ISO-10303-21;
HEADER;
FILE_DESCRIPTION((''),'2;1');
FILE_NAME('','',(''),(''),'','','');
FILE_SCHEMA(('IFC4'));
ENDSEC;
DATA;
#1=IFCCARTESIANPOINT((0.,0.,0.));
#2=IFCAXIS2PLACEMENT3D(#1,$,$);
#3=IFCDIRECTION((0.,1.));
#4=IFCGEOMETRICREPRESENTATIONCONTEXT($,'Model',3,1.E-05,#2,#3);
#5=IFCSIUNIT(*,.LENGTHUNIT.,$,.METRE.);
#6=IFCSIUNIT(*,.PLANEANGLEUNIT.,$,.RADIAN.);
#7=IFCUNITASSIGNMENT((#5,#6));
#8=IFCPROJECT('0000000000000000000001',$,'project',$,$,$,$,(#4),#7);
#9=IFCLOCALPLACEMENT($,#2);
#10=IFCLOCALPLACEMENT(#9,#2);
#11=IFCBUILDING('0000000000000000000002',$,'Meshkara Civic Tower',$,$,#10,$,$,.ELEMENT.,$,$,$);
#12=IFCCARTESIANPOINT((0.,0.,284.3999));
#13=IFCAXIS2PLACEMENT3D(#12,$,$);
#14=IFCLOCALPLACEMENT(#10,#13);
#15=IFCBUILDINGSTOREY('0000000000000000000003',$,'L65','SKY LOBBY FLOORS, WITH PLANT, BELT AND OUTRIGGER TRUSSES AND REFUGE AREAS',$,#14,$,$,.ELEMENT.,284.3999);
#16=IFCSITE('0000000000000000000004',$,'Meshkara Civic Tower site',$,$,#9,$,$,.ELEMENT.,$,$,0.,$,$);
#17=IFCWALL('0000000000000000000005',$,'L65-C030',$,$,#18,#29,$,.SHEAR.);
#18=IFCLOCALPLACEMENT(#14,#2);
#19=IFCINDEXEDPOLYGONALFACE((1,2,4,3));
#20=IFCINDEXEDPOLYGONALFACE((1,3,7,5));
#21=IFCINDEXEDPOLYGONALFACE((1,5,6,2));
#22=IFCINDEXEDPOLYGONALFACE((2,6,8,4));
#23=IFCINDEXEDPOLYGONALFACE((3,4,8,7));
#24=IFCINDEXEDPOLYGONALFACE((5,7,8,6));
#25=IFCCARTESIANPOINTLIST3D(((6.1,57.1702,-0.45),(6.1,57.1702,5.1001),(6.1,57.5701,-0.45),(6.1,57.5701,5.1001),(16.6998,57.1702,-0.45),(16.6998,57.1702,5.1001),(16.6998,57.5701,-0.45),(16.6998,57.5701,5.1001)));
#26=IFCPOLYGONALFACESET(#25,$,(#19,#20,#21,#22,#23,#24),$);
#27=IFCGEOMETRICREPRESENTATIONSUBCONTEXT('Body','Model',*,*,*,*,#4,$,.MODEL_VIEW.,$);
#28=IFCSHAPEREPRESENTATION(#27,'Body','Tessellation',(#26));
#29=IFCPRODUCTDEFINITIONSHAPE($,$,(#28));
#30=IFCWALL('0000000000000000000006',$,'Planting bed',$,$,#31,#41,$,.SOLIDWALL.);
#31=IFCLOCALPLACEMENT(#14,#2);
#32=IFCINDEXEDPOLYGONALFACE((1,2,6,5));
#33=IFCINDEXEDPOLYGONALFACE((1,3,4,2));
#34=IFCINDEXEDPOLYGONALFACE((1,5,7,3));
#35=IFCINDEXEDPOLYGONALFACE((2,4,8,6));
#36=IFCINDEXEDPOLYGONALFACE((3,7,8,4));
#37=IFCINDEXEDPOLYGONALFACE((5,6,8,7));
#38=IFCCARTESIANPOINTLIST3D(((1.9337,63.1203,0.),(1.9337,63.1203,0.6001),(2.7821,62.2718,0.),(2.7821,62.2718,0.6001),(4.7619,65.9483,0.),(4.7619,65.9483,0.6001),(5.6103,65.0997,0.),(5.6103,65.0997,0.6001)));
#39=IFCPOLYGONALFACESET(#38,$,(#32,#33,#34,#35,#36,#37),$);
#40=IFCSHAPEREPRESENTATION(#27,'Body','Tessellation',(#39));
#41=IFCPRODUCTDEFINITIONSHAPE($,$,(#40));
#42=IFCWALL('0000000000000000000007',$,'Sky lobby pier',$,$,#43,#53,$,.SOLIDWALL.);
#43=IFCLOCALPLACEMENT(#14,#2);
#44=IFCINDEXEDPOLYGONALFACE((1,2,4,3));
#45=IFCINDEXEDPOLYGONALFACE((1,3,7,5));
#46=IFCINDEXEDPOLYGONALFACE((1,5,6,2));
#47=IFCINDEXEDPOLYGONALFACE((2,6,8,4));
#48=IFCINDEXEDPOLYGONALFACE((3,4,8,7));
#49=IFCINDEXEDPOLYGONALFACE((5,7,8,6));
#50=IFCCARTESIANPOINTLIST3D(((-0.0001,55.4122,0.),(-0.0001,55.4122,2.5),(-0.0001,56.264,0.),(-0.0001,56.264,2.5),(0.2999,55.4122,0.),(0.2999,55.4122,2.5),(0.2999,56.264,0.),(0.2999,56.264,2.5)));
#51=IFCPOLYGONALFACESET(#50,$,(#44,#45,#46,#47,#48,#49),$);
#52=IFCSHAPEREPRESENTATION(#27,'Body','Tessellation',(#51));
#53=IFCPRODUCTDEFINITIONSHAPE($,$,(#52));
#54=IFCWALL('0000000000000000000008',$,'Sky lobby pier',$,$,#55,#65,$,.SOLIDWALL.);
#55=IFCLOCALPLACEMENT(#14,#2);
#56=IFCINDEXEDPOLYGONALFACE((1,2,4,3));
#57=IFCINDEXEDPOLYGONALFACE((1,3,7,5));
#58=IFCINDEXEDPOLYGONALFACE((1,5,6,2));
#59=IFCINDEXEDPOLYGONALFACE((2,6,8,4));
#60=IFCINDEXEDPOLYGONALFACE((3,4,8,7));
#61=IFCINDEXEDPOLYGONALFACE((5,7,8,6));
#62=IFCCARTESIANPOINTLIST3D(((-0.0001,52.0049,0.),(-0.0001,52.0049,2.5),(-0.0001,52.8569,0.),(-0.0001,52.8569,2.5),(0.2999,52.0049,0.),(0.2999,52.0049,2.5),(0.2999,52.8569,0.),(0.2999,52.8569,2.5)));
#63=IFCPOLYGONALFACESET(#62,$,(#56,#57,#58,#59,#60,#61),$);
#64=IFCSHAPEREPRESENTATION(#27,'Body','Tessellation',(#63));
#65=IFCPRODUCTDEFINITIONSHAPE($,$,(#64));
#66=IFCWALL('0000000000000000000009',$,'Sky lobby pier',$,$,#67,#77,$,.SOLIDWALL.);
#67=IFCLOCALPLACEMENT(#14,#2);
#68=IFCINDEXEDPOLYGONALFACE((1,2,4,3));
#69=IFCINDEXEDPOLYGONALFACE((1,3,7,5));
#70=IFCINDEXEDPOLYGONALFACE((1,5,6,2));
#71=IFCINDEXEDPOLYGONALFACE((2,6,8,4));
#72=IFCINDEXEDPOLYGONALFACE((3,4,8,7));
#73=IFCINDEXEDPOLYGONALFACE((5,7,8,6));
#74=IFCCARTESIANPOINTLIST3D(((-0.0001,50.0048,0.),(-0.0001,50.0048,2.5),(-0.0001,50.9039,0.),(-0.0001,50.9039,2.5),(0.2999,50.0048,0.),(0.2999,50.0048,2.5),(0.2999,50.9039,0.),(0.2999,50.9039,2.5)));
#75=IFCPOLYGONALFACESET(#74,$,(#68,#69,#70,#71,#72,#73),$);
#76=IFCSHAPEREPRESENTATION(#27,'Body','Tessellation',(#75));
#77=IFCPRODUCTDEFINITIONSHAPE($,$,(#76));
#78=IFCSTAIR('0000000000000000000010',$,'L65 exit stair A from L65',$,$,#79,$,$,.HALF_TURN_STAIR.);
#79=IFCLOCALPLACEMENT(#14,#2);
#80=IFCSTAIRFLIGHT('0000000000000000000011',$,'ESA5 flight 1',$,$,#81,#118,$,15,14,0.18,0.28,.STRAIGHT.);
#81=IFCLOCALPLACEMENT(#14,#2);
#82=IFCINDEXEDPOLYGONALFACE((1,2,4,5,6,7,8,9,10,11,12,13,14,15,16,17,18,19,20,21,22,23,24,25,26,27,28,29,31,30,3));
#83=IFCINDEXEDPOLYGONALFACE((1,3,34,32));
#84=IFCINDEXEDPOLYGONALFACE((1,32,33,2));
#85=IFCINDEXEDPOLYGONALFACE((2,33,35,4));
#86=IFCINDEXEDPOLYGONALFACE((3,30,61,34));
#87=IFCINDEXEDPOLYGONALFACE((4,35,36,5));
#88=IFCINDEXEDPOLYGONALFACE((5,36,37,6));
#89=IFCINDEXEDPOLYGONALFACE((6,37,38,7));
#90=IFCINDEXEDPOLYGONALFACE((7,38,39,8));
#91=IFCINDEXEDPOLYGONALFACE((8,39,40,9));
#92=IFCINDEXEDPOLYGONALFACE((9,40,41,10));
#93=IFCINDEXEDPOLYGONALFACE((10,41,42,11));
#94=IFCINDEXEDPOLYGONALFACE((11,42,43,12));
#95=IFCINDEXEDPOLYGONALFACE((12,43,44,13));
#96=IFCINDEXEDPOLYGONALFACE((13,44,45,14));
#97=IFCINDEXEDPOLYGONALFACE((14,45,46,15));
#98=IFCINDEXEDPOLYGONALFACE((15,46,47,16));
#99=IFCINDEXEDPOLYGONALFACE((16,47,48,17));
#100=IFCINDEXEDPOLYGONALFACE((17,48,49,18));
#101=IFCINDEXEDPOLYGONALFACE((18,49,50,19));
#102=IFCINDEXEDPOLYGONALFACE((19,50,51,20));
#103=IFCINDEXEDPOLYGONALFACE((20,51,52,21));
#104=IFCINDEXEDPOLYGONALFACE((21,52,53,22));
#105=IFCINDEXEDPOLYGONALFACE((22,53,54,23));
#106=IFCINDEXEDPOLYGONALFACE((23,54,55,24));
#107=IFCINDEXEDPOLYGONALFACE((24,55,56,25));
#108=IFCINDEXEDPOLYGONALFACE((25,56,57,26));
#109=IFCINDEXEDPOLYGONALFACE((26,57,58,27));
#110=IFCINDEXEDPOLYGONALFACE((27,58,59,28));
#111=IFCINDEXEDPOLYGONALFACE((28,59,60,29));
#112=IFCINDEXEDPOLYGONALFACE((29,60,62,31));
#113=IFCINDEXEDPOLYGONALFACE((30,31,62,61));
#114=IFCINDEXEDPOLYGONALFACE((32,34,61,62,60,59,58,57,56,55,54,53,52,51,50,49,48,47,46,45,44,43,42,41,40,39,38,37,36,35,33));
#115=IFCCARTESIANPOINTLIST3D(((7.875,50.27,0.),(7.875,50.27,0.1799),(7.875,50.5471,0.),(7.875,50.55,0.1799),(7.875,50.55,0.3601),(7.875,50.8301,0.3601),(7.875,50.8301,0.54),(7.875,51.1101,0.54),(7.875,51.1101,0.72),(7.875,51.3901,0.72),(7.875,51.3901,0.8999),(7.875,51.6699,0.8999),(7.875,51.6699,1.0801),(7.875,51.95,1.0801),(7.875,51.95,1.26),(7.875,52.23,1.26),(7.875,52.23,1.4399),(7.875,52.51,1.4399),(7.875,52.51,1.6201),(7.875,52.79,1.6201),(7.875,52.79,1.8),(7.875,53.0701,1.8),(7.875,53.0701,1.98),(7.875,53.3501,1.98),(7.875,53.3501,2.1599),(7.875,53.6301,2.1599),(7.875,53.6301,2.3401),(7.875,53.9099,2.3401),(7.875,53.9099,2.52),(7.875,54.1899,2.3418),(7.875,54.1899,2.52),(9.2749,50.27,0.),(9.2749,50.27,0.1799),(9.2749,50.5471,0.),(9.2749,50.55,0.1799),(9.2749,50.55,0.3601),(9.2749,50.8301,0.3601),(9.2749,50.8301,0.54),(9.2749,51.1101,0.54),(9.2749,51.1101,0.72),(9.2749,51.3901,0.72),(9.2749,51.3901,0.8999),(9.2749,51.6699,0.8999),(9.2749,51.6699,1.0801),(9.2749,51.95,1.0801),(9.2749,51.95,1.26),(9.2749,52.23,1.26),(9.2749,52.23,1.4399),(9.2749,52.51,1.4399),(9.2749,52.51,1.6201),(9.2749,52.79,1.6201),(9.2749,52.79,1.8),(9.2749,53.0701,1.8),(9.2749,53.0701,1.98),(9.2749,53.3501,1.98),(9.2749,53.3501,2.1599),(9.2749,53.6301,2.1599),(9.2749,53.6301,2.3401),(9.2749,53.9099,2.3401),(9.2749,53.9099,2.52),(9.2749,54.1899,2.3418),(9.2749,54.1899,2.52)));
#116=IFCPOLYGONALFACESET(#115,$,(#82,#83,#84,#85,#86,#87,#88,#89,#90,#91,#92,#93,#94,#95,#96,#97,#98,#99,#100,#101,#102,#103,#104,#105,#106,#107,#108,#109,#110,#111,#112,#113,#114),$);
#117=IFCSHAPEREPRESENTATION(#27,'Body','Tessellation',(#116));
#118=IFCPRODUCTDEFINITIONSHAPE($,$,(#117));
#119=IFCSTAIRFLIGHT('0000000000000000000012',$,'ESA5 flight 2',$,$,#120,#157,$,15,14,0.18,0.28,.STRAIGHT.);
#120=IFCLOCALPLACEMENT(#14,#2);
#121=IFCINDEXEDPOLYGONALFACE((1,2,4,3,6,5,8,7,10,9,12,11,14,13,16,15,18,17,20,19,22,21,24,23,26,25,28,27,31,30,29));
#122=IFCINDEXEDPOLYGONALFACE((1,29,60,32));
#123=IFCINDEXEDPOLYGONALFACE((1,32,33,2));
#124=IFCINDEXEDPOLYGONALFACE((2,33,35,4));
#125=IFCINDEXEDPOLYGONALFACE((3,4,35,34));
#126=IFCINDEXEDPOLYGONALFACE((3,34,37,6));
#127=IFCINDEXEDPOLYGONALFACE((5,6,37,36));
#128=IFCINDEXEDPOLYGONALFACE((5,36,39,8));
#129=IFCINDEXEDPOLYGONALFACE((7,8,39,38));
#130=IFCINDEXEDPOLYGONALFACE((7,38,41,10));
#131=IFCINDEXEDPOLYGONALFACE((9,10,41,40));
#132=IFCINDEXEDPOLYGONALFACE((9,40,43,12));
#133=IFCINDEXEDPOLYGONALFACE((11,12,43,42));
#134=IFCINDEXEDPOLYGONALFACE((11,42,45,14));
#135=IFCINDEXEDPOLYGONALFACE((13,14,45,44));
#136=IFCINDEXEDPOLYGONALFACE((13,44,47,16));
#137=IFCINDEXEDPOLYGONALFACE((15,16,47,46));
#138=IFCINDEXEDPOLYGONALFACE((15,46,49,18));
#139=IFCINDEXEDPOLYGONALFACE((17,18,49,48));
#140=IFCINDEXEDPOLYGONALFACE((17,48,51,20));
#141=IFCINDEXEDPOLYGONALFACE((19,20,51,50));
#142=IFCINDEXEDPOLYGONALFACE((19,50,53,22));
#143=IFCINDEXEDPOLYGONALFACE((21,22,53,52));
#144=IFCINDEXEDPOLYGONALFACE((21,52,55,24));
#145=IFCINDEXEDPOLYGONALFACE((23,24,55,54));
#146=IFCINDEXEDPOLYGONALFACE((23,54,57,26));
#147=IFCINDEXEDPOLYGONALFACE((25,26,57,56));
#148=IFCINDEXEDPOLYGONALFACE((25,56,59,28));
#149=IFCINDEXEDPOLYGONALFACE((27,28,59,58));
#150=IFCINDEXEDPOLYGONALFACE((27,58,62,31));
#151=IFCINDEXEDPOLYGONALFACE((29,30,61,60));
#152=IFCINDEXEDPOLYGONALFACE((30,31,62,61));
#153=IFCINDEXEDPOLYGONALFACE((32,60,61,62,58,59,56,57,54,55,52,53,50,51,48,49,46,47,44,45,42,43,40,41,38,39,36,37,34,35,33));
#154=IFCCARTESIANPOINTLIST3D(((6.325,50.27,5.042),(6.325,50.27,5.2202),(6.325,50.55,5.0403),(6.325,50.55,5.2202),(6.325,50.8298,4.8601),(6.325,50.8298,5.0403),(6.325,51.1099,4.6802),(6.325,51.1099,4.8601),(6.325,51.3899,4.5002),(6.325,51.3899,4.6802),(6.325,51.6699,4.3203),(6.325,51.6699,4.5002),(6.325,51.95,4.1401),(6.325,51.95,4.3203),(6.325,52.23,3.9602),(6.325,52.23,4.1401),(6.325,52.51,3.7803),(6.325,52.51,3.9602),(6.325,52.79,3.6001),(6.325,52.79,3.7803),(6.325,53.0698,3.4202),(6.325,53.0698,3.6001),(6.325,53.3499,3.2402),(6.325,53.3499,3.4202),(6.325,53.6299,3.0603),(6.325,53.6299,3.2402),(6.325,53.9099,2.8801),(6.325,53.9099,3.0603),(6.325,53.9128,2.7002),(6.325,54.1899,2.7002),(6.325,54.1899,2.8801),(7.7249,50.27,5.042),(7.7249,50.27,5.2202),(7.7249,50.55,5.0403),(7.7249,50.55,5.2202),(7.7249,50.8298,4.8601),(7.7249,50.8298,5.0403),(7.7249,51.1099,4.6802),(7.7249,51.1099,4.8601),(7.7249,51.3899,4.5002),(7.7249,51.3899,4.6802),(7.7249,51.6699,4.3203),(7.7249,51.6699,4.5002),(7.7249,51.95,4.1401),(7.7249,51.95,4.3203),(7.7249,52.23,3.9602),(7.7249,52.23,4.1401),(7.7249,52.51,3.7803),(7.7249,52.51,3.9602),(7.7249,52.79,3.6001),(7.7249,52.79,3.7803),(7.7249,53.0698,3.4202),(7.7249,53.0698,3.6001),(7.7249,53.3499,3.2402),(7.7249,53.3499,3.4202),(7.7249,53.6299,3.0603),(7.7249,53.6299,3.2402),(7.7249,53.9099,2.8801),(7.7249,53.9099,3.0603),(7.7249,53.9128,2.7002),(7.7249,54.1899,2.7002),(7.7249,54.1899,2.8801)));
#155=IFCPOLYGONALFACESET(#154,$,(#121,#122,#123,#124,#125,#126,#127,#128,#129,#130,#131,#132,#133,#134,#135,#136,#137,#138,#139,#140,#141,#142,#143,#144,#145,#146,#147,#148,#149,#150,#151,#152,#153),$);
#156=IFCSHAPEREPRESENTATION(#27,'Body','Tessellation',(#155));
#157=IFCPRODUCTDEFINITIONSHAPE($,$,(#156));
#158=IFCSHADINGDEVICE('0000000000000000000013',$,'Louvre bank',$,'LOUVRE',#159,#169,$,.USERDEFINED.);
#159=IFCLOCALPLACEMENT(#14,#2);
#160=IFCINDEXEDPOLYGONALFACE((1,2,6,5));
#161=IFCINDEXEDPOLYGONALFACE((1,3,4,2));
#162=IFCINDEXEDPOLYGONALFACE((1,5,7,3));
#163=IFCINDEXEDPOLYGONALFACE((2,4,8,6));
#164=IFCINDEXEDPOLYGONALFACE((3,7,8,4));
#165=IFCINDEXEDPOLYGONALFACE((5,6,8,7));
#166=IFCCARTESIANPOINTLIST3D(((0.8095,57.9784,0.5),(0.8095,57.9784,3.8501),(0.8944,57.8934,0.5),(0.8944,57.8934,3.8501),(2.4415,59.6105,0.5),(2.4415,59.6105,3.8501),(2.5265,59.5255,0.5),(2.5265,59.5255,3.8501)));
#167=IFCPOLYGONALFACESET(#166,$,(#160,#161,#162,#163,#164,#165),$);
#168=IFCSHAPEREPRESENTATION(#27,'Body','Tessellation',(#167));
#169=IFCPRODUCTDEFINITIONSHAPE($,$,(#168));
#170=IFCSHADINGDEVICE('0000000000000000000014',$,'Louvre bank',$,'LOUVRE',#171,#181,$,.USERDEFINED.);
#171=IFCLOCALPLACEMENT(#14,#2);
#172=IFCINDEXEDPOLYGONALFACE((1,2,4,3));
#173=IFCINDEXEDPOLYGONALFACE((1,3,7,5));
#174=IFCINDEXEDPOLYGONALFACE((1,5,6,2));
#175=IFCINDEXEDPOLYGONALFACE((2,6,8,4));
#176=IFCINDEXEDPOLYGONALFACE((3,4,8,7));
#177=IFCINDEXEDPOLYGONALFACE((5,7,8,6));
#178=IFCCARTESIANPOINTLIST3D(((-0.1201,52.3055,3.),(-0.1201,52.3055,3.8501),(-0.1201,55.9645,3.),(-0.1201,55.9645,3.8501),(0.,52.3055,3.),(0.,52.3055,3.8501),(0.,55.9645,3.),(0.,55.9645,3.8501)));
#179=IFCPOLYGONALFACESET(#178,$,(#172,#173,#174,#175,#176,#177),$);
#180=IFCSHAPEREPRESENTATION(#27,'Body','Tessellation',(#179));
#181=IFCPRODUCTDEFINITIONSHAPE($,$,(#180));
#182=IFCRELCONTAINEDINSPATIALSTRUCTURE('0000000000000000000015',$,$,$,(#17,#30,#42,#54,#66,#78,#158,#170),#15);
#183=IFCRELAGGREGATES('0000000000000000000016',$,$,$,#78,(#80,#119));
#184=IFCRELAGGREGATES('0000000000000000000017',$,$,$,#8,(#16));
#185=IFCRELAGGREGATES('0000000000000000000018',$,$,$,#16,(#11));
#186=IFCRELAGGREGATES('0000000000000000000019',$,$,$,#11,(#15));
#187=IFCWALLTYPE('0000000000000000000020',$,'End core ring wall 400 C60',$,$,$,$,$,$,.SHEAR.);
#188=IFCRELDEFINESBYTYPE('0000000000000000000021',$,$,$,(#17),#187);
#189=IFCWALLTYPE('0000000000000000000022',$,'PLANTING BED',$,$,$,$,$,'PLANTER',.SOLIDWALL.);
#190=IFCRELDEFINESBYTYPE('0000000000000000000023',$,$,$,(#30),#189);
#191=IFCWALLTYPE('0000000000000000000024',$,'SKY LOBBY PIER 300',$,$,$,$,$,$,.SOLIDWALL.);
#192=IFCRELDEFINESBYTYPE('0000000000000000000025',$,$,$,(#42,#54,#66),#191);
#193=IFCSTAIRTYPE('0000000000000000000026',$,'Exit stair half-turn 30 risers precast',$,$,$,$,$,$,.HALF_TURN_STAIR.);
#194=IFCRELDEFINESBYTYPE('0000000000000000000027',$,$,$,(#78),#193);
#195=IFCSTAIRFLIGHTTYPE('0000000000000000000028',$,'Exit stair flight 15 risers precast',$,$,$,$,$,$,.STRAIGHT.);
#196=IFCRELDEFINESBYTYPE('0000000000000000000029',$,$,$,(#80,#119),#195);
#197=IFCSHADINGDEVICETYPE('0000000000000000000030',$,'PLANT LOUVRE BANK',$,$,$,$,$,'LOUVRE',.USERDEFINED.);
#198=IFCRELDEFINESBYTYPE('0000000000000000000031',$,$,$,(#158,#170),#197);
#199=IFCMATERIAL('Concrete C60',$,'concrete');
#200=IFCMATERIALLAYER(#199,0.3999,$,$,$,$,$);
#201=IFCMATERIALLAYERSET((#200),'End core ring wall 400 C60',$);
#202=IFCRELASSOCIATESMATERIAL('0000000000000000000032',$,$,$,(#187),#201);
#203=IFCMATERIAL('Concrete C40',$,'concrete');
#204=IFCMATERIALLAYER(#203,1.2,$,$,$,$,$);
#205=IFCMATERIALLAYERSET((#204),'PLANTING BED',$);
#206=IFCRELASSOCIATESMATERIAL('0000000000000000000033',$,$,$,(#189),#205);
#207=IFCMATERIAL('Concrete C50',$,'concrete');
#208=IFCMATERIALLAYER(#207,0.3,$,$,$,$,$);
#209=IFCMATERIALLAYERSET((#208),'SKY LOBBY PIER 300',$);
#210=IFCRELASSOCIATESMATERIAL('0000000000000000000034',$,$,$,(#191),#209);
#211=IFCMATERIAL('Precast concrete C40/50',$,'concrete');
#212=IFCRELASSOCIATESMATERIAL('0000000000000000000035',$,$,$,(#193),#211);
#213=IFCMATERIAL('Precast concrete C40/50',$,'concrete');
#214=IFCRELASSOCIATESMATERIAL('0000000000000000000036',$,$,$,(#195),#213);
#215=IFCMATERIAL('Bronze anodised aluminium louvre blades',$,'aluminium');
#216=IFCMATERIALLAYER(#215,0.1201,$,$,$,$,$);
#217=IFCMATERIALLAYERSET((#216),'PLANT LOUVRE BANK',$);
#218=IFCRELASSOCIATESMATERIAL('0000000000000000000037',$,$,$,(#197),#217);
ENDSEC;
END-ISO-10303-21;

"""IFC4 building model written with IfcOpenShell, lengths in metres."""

from ifc_helpers import new_model, si_unit, direction, frame, frame_2d, origin, origin_2d, place, context, subcontext, project, spatial, polyline, rectangle, outline, extrude, material, layer, layer_set, type_object, element, aggregate, save


model = new_model("IFC4")

# Units and contexts
model_context = context("Model", 3, precision=1e-05, world=origin(), true_north=direction((0.0, 1.0)))
body_context = subcontext(model_context, "Body", "Model", "MODEL_VIEW")
ifc_project = project(units=[si_unit("LENGTHUNIT", "METRE"), si_unit("PLANEANGLEUNIT", "RADIAN")], contexts=[model_context])

# Site, building, storey
site_placement = place(None, origin())
site = spatial("IfcSite", under=ifc_project, at=site_placement, Name="Meshkara Civic Tower site", CompositionType="ELEMENT", RefElevation=0.0)
building_placement = place(site_placement, origin())
building = spatial("IfcBuilding", under=site, at=building_placement, Name="Meshkara Civic Tower", CompositionType="ELEMENT")
storey_placement = place(building_placement, frame((0.0, 0.0, 284.3999)))
storey = spatial("IfcBuildingStorey", under=building, at=storey_placement, Name="L65", Description="SKY LOBBY FLOORS, WITH PLANT, BELT AND OUTRIGGER TRUSSES AND REFUGE AREAS", CompositionType="ELEMENT", Elevation=284.3999)

# Walls
ifc_material_1 = material(Name="Concrete C60", Category="concrete")
ifc_layer_1 = layer(ifc_material_1, 0.3999)
ifc_layer_set_1 = layer_set([ifc_layer_1], Name="End core ring wall 400 C60")
wall_type_1 = type_object("IfcWallType", Name="End core ring wall 400 C60", PredefinedType="SHEAR", material=ifc_layer_set_1)
wall_1_placement = place(storey_placement, frame((6.1001, 57.3701, -0.45), z_axis=(0.0, 0.0, 1.0), x_axis=(1.0, 0.0, 0.0)))
element("IfcWall", 1, at=wall_1_placement, inside=storey, type_object=wall_type_1, Name="L65-C030", PredefinedType="SHEAR", context=body_context, shape_type="SweptSolid", body=[
    extrude(rectangle(XDim=10.5999, YDim=0.3999, at=frame_2d((5.2998, 0.0))), origin(), (0.0, 0.0, 1.0), 5.55),
])
ifc_material_2 = material(Name="Concrete C40", Category="concrete")
ifc_layer_2 = layer(ifc_material_2, 1.2)
ifc_layer_set_2 = layer_set([ifc_layer_2], Name="PLANTING BED")
wall_type_2 = type_object("IfcWallType", Name="PLANTING BED", ElementType="PLANTER", PredefinedType="SOLIDWALL", material=ifc_layer_set_2)
wall_2_placement = place(storey_placement, frame((2.3579, 62.696, 0.0), z_axis=(0.0, 0.0, 1.0), x_axis=(0.707137, 0.707076, 0.0)))
element("IfcWall", 2, at=wall_2_placement, inside=storey, type_object=wall_type_2, Name="Planting bed", PredefinedType="SOLIDWALL", context=body_context, shape_type="SweptSolid", body=[
    extrude(rectangle(XDim=3.9995, YDim=1.2, at=frame_2d((1.9998, 0.0))), origin(), (0.0, 0.0, 1.0), 0.6001),
])
ifc_material_3 = material(Name="Concrete C50", Category="concrete")
ifc_layer_3 = layer(ifc_material_3, 0.3)
ifc_layer_set_3 = layer_set([ifc_layer_3], Name="SKY LOBBY PIER 300")
wall_type_3 = type_object("IfcWallType", Name="SKY LOBBY PIER 300", PredefinedType="SOLIDWALL", material=ifc_layer_set_3)
wall_3_placement = place(storey_placement, frame((0.1499, 56.2639, 0.0), z_axis=(0.0, 0.0, 1.0), x_axis=(0.0, -1.0, 0.0)))
element("IfcWall", 3, at=wall_3_placement, inside=storey, type_object=wall_type_3, Name="Sky lobby pier", PredefinedType="SOLIDWALL", context=body_context, shape_type="SweptSolid", body=[
    extrude(rectangle(XDim=0.8518, YDim=0.3, at=frame_2d((0.4258, 0.0))), origin(), (0.0, 0.0, 1.0), 2.5),
])
wall_4_placement = place(storey_placement, frame((0.1499, 52.8569, 0.0), z_axis=(0.0, 0.0, 1.0), x_axis=(0.0, -1.0, 0.0)))
element("IfcWall", 4, at=wall_4_placement, inside=storey, type_object=wall_type_3, Name="Sky lobby pier", PredefinedType="SOLIDWALL", context=body_context, shape_type="SweptSolid", body=[
    extrude(rectangle(XDim=0.8521, YDim=0.3, at=frame_2d((0.426, 0.0))), origin(), (0.0, 0.0, 1.0), 2.5),
])
wall_5_placement = place(storey_placement, frame((0.1499, 50.9041, 0.0), z_axis=(0.0, 0.0, 1.0), x_axis=(0.0, -1.0, 0.0)))
element("IfcWall", 5, at=wall_5_placement, inside=storey, type_object=wall_type_3, Name="Sky lobby pier", PredefinedType="SOLIDWALL", context=body_context, shape_type="SweptSolid", body=[
    extrude(rectangle(XDim=0.8992, YDim=0.3, at=frame_2d((0.4497, 0.0))), origin(), (0.0, 0.0, 1.0), 2.5),
])

# Stair, stair flights
ifc_material_4 = material(Name="Precast concrete C40/50", Category="concrete")
stair_type = type_object("IfcStairType", Name="Exit stair half-turn 30 risers precast", PredefinedType="HALF_TURN_STAIR", material=ifc_material_4)
stair_placement = place(storey_placement, origin())
stair = element("IfcStair", 6, at=stair_placement, inside=storey, type_object=stair_type, Name="L65 exit stair A from L65", PredefinedType="HALF_TURN_STAIR")
ifc_material_5 = material(Name="Precast concrete C40/50", Category="concrete")
stair_flight_type = type_object("IfcStairFlightType", Name="Exit stair flight 15 risers precast", PredefinedType="STRAIGHT", material=ifc_material_5)
stair_flight_1_placement = place(storey_placement, frame((8.575, 50.27, 0.0), z_axis=(0.0, 0.0, 1.0), x_axis=(0.0, 1.0, 0.0)))
stair_flight_1 = element("IfcStairFlight", 7, at=stair_flight_1_placement, type_object=stair_flight_type, Name="ESA5 flight 1", NumberOfRisers=15, NumberOfTreads=14, PredefinedType="STRAIGHT", RiserHeight=0.18, TreadLength=0.28, context=body_context, shape_type="SweptSolid", body=[
    extrude(outline(polyline([(0.0, 0.0), (0.0, 0.1799), (0.28, 0.1799), (0.28, 0.3601), (0.5601, 0.3601), (0.5601, 0.54), (0.8401, 0.54), (0.8401, 0.72), (1.1201, 0.72), (1.1201, 0.8999), (1.3999, 0.8999), (1.3999, 1.0801), (1.6799, 1.0801), (1.6799, 1.26), (1.96, 1.26), (1.96, 1.4399), (2.24, 1.4399), (2.24, 1.6201), (2.52, 1.6201), (2.52, 1.8), (2.8, 1.8), (2.8, 1.98), (3.0801, 1.98), (3.0801, 2.1599), (3.3601, 2.1599), (3.3601, 2.3401), (3.6399, 2.3401), (3.6399, 2.52), (3.9199, 2.52), (3.9199, 2.7), (3.9199, 2.3418), (0.2771, 0.0), (0.0, 0.0)])), frame((0.0, 0.7, 0.0), z_axis=(0.0, -1.0, 0.0), x_axis=(1.0, 0.0, 0.0)), (0.0, 0.0, 1.0), 1.3999),
])
stair_flight_2_placement = place(storey_placement, frame((7.0249, 54.1899, 2.7002), z_axis=(0.0, 0.0, 1.0), x_axis=(0.0, -1.0, 0.0)))
stair_flight_2 = element("IfcStairFlight", 8, at=stair_flight_2_placement, type_object=stair_flight_type, Name="ESA5 flight 2", NumberOfRisers=15, NumberOfTreads=14, PredefinedType="STRAIGHT", RiserHeight=0.18, TreadLength=0.28, context=body_context, shape_type="SweptSolid", body=[
    extrude(outline(polyline([(0.0, 0.0), (0.0, 0.1799), (0.28, 0.1799), (0.28, 0.3601), (0.5601, 0.3601), (0.5601, 0.54), (0.8401, 0.54), (0.8401, 0.72), (1.1201, 0.72), (1.1201, 0.8999), (1.3999, 0.8999), (1.3999, 1.0801), (1.6799, 1.0801), (1.6799, 1.26), (1.96, 1.26), (1.96, 1.4399), (2.24, 1.4399), (2.24, 1.6201), (2.52, 1.6201), (2.52, 1.8), (2.8, 1.8), (2.8, 1.98), (3.0801, 1.98), (3.0801, 2.1599), (3.3601, 2.1599), (3.3601, 2.3401), (3.6399, 2.3401), (3.6399, 2.52), (3.9199, 2.52), (3.9199, 2.7), (3.9199, 2.3418), (0.2771, 0.0), (0.0, 0.0)])), frame((0.0, 0.7, 0.0), z_axis=(0.0, -1.0, 0.0), x_axis=(1.0, 0.0, 0.0)), (0.0, 0.0, 1.0), 1.3999),
])
aggregate(stair, [stair_flight_1, stair_flight_2])

# Shading devices
ifc_material_6 = material(Name="Bronze anodised aluminium louvre blades", Category="aluminium")
ifc_layer_4 = layer(ifc_material_6, 0.1201)
ifc_layer_set_4 = layer_set([ifc_layer_4], Name="PLANT LOUVRE BANK")
shading_device_type = type_object("IfcShadingDeviceType", Name="PLANT LOUVRE BANK", ElementType="LOUVRE", PredefinedType="USERDEFINED", material=ifc_layer_set_4)
shading_device_1_placement = place(storey_placement, frame((1.668, 58.752, 0.5), z_axis=(0.0, 0.0, 1.0), x_axis=(-0.707107, -0.707107, 0.0)))
element("IfcShadingDevice", 9, at=shading_device_1_placement, inside=storey, type_object=shading_device_type, Name="Louvre bank", ObjectType="LOUVRE", PredefinedType="USERDEFINED", context=body_context, shape_type="SweptSolid", body=[
    extrude(rectangle(XDim=2.3081, YDim=0.1201, at=origin_2d()), origin(), (0.0, 0.0, 1.0), 3.3501),
])
shading_device_2_placement = place(storey_placement, frame((-0.0601, 54.135, 3.0), z_axis=(0.0, 0.0, 1.0), x_axis=(0.0, -1.0, 0.0)))
element("IfcShadingDevice", 10, at=shading_device_2_placement, inside=storey, type_object=shading_device_type, Name="Louvre bank", ObjectType="LOUVRE", PredefinedType="USERDEFINED", context=body_context, shape_type="SweptSolid", body=[
    extrude(rectangle(XDim=3.6589, YDim=0.1201, at=origin_2d()), origin(), (0.0, 0.0, 1.0), 0.8501),
])

save(model, "model.ifc")
